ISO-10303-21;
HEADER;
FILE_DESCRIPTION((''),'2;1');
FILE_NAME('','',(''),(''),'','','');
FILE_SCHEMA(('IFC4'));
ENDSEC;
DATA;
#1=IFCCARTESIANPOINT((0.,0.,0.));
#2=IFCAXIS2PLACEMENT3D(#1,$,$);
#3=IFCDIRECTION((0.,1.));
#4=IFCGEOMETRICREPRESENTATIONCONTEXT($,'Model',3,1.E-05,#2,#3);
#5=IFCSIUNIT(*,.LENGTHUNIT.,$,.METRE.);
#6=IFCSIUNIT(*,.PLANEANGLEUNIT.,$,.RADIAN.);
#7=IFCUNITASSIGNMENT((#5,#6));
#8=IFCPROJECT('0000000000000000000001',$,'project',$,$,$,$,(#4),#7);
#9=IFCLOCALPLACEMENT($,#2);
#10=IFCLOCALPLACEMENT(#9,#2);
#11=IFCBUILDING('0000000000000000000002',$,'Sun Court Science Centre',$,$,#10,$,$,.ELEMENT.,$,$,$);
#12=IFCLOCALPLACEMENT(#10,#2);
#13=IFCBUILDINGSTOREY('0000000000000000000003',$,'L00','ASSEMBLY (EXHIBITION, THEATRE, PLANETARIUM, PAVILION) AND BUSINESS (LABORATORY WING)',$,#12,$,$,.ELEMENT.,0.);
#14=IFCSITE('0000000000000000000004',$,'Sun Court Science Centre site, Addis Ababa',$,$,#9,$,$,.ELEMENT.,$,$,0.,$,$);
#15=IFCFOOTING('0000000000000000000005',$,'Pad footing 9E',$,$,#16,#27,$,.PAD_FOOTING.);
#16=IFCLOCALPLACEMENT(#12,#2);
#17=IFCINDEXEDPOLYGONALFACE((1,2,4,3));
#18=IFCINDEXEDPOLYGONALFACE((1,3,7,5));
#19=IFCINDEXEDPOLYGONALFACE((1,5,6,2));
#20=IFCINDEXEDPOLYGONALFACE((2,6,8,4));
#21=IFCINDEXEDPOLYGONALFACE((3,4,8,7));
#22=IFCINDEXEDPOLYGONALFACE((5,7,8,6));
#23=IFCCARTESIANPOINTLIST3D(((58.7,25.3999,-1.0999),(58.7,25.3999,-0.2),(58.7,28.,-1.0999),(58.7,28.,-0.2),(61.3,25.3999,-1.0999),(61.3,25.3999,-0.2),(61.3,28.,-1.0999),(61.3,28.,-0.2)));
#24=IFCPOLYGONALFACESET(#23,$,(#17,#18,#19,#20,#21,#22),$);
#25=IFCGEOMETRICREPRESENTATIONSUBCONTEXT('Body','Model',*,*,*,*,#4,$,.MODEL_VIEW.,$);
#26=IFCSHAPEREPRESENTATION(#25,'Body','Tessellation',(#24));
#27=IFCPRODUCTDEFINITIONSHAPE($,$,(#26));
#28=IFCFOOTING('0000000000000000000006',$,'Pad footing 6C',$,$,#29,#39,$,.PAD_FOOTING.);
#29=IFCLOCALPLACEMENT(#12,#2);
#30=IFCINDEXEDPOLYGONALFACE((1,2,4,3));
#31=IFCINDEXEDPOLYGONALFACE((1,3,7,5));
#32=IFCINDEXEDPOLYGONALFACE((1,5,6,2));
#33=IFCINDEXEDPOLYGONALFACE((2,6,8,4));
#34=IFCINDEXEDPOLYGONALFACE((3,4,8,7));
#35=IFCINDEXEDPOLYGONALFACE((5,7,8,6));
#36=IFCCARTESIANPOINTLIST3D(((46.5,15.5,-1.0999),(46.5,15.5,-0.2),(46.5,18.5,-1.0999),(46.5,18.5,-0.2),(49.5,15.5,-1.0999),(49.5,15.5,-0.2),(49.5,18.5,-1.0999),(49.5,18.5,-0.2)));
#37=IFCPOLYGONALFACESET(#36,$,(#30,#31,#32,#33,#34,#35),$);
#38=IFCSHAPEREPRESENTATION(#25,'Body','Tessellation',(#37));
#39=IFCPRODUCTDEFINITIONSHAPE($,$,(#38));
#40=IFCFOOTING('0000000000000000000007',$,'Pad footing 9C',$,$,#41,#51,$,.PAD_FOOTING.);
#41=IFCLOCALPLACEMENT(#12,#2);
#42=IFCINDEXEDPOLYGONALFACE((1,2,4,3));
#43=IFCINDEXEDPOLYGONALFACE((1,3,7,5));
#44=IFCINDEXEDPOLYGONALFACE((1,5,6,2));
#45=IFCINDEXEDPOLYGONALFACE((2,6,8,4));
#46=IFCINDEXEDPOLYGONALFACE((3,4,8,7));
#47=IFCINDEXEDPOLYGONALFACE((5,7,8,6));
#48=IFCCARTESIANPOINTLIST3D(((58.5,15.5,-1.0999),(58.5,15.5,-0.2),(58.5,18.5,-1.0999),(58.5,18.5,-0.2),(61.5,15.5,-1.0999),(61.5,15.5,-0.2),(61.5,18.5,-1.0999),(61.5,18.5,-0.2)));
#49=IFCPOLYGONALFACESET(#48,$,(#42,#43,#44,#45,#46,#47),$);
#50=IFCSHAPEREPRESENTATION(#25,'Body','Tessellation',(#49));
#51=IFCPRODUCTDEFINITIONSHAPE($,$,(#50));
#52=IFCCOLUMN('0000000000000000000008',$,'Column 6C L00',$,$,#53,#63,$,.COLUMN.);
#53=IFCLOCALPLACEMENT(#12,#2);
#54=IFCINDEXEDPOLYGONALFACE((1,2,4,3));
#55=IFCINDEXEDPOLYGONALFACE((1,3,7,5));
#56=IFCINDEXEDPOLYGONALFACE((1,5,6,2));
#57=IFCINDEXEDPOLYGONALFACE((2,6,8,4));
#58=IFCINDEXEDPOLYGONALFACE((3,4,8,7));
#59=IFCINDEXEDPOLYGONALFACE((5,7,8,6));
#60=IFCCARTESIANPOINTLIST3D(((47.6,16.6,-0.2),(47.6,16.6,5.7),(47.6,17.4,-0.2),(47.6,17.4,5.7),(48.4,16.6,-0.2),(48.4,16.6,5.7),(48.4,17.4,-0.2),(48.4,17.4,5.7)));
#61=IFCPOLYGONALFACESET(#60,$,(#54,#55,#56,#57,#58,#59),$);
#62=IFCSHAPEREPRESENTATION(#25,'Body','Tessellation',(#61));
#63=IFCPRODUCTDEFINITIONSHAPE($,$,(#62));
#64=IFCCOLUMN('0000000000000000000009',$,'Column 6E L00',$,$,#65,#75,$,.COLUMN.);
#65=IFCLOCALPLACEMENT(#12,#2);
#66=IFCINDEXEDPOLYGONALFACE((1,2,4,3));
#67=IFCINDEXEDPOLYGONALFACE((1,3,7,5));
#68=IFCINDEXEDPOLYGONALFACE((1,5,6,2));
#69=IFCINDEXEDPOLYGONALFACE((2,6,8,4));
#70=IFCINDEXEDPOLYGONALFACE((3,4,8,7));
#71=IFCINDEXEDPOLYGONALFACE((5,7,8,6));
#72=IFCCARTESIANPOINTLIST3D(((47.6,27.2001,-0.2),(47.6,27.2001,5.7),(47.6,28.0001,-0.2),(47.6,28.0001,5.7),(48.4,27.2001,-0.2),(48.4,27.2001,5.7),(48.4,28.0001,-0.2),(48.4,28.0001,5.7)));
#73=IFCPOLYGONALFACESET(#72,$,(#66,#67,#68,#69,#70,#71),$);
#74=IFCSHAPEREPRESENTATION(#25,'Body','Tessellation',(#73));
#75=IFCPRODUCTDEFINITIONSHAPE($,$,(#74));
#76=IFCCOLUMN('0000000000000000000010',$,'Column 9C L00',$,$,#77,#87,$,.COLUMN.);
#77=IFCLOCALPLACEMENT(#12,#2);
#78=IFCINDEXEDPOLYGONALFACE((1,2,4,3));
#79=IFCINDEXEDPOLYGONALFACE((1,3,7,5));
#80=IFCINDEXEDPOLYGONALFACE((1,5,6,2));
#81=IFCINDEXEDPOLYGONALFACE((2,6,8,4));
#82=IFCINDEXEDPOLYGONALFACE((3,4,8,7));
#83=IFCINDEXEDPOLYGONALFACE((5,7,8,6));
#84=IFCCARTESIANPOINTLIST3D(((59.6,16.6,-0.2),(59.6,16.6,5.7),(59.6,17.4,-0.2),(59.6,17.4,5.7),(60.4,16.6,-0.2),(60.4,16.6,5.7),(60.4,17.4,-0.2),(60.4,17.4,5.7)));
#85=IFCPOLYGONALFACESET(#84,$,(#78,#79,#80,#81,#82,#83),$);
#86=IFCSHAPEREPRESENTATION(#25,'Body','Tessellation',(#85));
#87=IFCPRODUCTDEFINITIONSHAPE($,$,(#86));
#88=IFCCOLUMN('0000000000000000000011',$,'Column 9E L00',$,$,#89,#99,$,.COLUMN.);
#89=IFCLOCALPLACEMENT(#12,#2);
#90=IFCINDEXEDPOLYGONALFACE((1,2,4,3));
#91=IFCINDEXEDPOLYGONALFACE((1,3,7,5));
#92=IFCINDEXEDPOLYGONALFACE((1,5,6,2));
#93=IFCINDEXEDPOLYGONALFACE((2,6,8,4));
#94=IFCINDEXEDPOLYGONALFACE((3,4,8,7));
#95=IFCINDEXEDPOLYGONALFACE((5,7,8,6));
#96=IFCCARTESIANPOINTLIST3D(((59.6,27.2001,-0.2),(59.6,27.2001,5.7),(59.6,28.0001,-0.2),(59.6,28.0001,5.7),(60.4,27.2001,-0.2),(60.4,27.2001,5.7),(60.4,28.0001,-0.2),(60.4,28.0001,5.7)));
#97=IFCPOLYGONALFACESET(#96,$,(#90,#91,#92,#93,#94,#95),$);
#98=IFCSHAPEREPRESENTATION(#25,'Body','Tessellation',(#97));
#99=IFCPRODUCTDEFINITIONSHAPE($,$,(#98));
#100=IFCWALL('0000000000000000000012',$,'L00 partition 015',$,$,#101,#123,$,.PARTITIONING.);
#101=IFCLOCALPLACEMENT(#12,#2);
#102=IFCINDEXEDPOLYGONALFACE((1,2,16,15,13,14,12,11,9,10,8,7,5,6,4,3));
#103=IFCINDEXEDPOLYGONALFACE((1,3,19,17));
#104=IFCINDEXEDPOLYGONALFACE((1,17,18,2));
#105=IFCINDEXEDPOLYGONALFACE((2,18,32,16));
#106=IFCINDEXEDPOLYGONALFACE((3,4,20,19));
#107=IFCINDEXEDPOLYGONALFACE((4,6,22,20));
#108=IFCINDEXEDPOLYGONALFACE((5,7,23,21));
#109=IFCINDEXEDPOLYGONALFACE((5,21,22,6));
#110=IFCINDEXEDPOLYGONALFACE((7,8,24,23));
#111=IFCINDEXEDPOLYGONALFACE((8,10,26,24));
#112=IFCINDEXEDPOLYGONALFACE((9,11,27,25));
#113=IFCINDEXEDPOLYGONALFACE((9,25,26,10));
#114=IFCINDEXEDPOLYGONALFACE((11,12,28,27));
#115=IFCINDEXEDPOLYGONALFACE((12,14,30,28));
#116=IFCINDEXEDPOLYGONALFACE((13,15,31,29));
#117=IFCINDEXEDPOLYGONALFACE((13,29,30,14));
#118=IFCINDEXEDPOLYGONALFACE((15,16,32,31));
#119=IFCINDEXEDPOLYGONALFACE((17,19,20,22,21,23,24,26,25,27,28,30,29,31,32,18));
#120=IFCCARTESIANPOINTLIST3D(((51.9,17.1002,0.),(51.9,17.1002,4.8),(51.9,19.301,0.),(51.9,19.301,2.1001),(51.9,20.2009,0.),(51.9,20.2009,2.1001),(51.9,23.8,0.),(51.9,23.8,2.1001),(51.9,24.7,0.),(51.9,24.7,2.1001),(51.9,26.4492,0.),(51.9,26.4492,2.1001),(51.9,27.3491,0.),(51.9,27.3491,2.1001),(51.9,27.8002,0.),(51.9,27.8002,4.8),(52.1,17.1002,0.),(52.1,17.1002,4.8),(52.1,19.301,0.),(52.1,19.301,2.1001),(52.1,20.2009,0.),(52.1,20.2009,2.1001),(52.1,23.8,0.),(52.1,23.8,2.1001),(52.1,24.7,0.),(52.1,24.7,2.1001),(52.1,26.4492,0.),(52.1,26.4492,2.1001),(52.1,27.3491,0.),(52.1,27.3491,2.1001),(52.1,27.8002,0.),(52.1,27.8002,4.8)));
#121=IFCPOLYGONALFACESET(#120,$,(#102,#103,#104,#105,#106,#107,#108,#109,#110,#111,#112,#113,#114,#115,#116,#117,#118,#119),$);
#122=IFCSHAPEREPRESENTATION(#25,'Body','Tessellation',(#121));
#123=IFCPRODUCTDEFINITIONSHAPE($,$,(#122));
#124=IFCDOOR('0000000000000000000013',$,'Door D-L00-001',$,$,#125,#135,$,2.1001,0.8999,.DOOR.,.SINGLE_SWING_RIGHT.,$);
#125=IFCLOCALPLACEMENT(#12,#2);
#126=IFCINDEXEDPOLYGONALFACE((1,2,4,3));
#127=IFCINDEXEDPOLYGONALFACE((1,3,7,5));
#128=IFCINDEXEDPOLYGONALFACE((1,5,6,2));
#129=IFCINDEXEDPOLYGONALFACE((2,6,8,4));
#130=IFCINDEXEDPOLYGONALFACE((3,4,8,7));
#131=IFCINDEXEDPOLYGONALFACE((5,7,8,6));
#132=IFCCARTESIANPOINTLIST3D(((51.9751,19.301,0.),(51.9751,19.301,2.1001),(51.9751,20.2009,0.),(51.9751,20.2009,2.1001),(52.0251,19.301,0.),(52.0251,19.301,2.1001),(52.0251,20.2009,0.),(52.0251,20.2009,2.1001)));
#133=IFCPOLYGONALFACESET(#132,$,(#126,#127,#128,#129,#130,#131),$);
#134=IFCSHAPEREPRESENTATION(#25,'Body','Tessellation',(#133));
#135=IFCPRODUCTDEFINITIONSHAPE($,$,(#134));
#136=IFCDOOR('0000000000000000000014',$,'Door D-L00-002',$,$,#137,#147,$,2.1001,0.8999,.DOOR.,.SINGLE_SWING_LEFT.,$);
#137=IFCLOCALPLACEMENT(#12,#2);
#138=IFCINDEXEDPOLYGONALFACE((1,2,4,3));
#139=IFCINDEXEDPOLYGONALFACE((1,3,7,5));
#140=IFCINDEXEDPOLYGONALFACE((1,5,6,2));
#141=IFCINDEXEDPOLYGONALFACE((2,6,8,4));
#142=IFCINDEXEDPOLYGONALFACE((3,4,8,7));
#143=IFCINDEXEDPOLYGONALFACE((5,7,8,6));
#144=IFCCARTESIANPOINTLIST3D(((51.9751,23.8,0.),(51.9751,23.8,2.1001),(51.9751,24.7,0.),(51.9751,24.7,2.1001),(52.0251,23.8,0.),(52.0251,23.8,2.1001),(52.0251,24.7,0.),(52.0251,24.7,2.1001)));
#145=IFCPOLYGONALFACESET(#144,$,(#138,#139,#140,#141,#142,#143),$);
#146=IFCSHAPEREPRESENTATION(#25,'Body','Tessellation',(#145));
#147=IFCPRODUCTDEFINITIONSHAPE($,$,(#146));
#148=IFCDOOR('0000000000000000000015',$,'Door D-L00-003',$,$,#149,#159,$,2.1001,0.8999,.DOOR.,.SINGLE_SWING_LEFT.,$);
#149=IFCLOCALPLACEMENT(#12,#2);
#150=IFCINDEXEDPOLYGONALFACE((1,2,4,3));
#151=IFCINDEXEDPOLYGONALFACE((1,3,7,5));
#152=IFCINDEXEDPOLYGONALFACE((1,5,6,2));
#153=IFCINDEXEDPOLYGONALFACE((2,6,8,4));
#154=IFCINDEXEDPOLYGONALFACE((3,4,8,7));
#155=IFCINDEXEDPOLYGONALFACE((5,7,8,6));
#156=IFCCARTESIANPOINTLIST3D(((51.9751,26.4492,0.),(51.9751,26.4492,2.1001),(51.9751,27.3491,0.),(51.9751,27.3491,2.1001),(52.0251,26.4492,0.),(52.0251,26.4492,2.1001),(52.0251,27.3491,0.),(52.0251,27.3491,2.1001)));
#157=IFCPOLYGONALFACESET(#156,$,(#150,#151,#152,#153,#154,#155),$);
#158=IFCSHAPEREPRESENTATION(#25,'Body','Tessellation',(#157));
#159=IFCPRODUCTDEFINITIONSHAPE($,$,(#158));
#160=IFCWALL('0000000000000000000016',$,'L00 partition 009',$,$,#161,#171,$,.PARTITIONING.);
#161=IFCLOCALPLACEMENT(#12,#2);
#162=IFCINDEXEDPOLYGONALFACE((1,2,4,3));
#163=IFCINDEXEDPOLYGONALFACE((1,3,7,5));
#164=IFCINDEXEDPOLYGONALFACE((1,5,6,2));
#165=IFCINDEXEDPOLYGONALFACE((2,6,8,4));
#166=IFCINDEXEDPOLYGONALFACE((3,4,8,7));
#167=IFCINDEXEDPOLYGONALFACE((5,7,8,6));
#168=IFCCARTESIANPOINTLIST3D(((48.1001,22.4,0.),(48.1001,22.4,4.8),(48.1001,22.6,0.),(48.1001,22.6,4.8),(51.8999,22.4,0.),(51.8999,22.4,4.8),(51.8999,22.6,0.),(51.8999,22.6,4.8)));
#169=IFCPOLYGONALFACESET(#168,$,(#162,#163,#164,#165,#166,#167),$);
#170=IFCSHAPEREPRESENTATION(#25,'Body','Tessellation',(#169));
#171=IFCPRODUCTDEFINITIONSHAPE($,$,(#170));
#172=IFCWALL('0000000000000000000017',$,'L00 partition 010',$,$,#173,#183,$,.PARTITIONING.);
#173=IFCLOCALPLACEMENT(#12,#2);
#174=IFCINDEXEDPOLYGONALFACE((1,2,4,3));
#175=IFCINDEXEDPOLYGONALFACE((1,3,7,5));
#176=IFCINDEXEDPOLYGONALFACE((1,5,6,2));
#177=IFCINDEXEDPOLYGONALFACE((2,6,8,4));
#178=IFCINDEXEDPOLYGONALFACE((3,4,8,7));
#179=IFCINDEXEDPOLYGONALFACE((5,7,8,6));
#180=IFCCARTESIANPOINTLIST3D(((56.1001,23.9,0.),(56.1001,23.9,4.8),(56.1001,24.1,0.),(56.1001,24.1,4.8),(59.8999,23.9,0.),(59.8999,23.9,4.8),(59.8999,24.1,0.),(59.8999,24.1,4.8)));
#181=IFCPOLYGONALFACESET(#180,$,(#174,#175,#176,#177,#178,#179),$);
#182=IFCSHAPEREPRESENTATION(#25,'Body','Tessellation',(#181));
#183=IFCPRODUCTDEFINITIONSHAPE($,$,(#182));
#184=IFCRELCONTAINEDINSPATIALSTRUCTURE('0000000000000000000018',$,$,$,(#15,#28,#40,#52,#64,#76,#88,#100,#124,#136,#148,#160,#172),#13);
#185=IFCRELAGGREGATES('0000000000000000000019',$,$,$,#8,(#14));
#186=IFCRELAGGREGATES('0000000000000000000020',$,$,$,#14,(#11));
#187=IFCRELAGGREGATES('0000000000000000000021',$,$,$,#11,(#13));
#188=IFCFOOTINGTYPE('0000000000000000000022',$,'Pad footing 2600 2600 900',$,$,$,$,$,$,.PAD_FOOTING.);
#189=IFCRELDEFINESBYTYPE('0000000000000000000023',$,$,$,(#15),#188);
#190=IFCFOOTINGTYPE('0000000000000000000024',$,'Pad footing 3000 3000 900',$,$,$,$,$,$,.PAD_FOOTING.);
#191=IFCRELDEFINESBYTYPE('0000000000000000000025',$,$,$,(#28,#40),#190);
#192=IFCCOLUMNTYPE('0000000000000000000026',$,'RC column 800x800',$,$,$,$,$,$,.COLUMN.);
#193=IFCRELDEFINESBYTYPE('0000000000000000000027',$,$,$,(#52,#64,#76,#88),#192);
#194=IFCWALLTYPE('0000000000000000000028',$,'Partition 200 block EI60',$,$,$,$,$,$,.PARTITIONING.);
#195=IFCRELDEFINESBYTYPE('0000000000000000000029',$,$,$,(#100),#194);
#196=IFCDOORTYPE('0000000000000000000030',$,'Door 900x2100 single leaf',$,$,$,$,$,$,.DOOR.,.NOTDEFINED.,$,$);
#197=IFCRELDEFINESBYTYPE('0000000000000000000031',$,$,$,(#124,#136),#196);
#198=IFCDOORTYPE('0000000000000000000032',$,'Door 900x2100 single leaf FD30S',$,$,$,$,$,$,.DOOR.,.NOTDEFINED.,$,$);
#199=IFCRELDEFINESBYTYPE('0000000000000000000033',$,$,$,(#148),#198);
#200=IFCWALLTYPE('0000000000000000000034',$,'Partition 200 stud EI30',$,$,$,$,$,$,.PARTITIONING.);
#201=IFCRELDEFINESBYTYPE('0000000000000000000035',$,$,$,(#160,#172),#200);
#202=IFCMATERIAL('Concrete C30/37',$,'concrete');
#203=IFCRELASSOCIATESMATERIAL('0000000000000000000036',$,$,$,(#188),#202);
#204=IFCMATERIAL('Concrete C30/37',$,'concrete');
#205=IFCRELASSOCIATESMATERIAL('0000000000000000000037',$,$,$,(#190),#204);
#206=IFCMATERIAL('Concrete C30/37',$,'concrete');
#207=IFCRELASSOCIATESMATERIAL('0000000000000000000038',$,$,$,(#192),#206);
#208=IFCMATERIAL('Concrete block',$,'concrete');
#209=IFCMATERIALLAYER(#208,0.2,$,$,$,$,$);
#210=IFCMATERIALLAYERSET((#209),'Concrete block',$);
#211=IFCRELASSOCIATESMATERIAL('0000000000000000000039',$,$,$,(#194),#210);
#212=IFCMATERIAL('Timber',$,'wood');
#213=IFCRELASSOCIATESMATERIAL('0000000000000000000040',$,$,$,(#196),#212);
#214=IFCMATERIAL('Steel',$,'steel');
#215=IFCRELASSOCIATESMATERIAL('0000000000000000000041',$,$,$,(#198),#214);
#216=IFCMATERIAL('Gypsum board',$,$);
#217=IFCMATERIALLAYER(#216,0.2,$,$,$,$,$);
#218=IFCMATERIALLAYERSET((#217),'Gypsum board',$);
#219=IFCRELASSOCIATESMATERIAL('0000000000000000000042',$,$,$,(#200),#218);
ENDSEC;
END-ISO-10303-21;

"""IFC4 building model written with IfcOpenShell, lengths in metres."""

from ifc_helpers import new_model, si_unit, direction, frame, frame_2d, origin, origin_2d, place, context, subcontext, project, spatial, rectangle, extrude, material, layer, layer_set, material_profile, profile_set, type_object, element, fill, save


model = new_model("IFC4")

# Units and contexts
model_context = context("Model", 3, precision=1e-05, world=origin(), true_north=direction((0.0, 1.0)))
body_context = subcontext(model_context, "Body", "Model", "MODEL_VIEW")
ifc_project = project(units=[si_unit("LENGTHUNIT", "METRE"), si_unit("PLANEANGLEUNIT", "RADIAN")], contexts=[model_context])

# Site, building, storey
site_placement = place(None, origin())
site = spatial("IfcSite", under=ifc_project, at=site_placement, Name="Sun Court Science Centre site, Addis Ababa", CompositionType="ELEMENT", RefElevation=0.0)
building_placement = place(site_placement, origin())
building = spatial("IfcBuilding", under=site, at=building_placement, Name="Sun Court Science Centre", CompositionType="ELEMENT")
storey_placement = place(building_placement, origin())
storey = spatial("IfcBuildingStorey", under=building, at=storey_placement, Name="L00", Description="ASSEMBLY (EXHIBITION, THEATRE, PLANETARIUM, PAVILION) AND BUSINESS (LABORATORY WING)", CompositionType="ELEMENT", Elevation=0.0)

# Footings
ifc_material_1 = material(Name="Concrete C30/37", Category="concrete")
footing_type_1 = type_object("IfcFootingType", Name="Pad footing 2600 2600 900", PredefinedType="PAD_FOOTING", material=ifc_material_1)
footing_placement = place(storey_placement, frame((60.0, 26.7, -1.0999), z_axis=(0.0, 0.0, 1.0), x_axis=(1.0, 0.0, 0.0)))
element("IfcFooting", 1, at=footing_placement, inside=storey, type_object=footing_type_1, Name="Pad footing 9E", PredefinedType="PAD_FOOTING", context=body_context, shape_type="SweptSolid", body=[
    extrude(rectangle(XDim=2.6001, YDim=2.6001, at=origin_2d()), origin(), (0.0, 0.0, 1.0), 0.8999),
])
ifc_material_2 = material(Name="Concrete C30/37", Category="concrete")
footing_type_2 = type_object("IfcFootingType", Name="Pad footing 3000 3000 900", PredefinedType="PAD_FOOTING", material=ifc_material_2)
for number, where, z_axis, x_axis, name in (
    (2, (48.0, 17.0, -1.0999), (0.0, 0.0, 1.0), (1.0, 0.0, 0.0), "Pad footing 6C"),
    (3, (60.0, 17.0, -1.0999), (0.0, 0.0, 1.0), (1.0, 0.0, 0.0), "Pad footing 9C"),
):
    element("IfcFooting", number, at=place(storey_placement, frame(where, z_axis=z_axis, x_axis=x_axis)), inside=storey, type_object=footing_type_2, Name=name, PredefinedType="PAD_FOOTING", context=body_context, shape_type="SweptSolid", body=[
        extrude(rectangle(XDim=3.0, YDim=3.0, at=origin_2d()), origin(), (0.0, 0.0, 1.0), 0.8999),
    ])

# Columns
ifc_material_3 = material(Name="Concrete C30/37", Category="concrete")
ifc_material_profile = material_profile(ifc_material_3, rectangle(XDim=0.8, YDim=0.8, at=origin_2d()), Name="RC 800x800")
ifc_profile_set = profile_set([ifc_material_profile], Name="Concrete C30/37")
column_type = type_object("IfcColumnType", Name="RC column 800x800", PredefinedType="COLUMN", material=ifc_profile_set)
for number, where, z_axis, x_axis, name in (
    (4, (48.0, 17.0, -0.2), (0.0, 0.0, 1.0), (1.0, 0.0, 0.0), "Column 6C L00"),
    (5, (48.0, 27.6001, -0.2), (0.0, 0.0, 1.0), (1.0, 0.0, 0.0), "Column 6E L00"),
    (6, (60.0, 17.0, -0.2), (0.0, 0.0, 1.0), (1.0, 0.0, 0.0), "Column 9C L00"),
    (7, (60.0, 27.6001, -0.2), (0.0, 0.0, 1.0), (1.0, 0.0, 0.0), "Column 9E L00"),
):
    element("IfcColumn", number, at=place(storey_placement, frame(where, z_axis=z_axis, x_axis=x_axis)), inside=storey, type_object=column_type, Name=name, PredefinedType="COLUMN", context=body_context, shape_type="SweptSolid", body=[
        extrude(rectangle(XDim=0.8, YDim=0.8, at=origin_2d()), origin(), (0.0, 0.0, 1.0), 5.8999),
    ])

# Wall, openings, doors
ifc_material_4 = material(Name="Concrete block", Category="concrete")
ifc_layer_1 = layer(ifc_material_4, 0.2)
ifc_layer_set_1 = layer_set([ifc_layer_1], Name="Concrete block")
wall_type_1 = type_object("IfcWallType", Name="Partition 200 block EI60", PredefinedType="PARTITIONING", material=ifc_layer_set_1)
wall_1_placement = place(storey_placement, frame((52.0, 17.1001, 0.0), z_axis=(0.0, 0.0, 1.0), x_axis=(0.0, 1.0, 0.0)))
wall_1 = element("IfcWall", 8, at=wall_1_placement, inside=storey, type_object=wall_type_1, Name="L00 partition 015", PredefinedType="PARTITIONING", context=body_context, shape_type="SweptSolid", body=[
    extrude(rectangle(XDim=10.7, YDim=0.2, at=frame_2d((5.3501, 0.0))), origin(), (0.0, 0.0, 1.0), 4.8),
])
opening_1_placement = place(wall_1_placement, frame((2.2009, 0.0, 0.0)))
opening_1 = element("IfcOpeningElement", 9, at=opening_1_placement, cuts=wall_1, PredefinedType="OPENING", context=body_context, shape_type="SweptSolid", body=[
    extrude(rectangle(XDim=0.8999, YDim=2.1001, at=frame_2d((0.45, 1.05))), frame((0.0, 0.1099, 0.0), z_axis=(0.0, -1.0, 0.0), x_axis=(1.0, 0.0, 0.0)), (0.0, 0.0, 1.0), 0.22),
])
opening_2_placement = place(wall_1_placement, frame((6.7, 0.0, 0.0)))
opening_2 = element("IfcOpeningElement", 10, at=opening_2_placement, cuts=wall_1, PredefinedType="OPENING", context=body_context, shape_type="SweptSolid", body=[
    extrude(rectangle(XDim=0.8999, YDim=2.1001, at=frame_2d((0.45, 1.05))), frame((0.0, 0.1099, 0.0), z_axis=(0.0, -1.0, 0.0), x_axis=(1.0, 0.0, 0.0)), (0.0, 0.0, 1.0), 0.22),
])
opening_3_placement = place(wall_1_placement, frame((9.3491, 0.0, 0.0)))
opening_3 = element("IfcOpeningElement", 11, at=opening_3_placement, cuts=wall_1, PredefinedType="OPENING", context=body_context, shape_type="SweptSolid", body=[
    extrude(rectangle(XDim=0.8999, YDim=2.1001, at=frame_2d((0.45, 1.05))), frame((0.0, 0.1099, 0.0), z_axis=(0.0, -1.0, 0.0), x_axis=(1.0, 0.0, 0.0)), (0.0, 0.0, 1.0), 0.22),
])
ifc_material_5 = material(Name="Timber", Category="wood")
door_type_1 = type_object("IfcDoorType", Name="Door 900x2100 single leaf", OperationType="NOTDEFINED", PredefinedType="DOOR", material=ifc_material_5)
door_1_placement = place(opening_1_placement, origin())
door_1 = element("IfcDoor", 12, at=door_1_placement, inside=storey, type_object=door_type_1, Name="Door D-L00-001", OperationType="SINGLE_SWING_RIGHT", OverallHeight=2.1001, OverallWidth=0.8999, PredefinedType="DOOR", context=body_context, shape_type="SweptSolid", body=[
    extrude(rectangle(XDim=0.8999, YDim=2.1001, at=frame_2d((0.45, 1.05))), frame((0.0, 0.0249, 0.0), z_axis=(0.0, -1.0, 0.0), x_axis=(1.0, 0.0, 0.0)), (0.0, 0.0, 1.0), 0.05),
])
fill(opening_1, door_1)
door_2_placement = place(opening_2_placement, origin())
door_2 = element("IfcDoor", 13, at=door_2_placement, inside=storey, type_object=door_type_1, Name="Door D-L00-002", OperationType="SINGLE_SWING_LEFT", OverallHeight=2.1001, OverallWidth=0.8999, PredefinedType="DOOR", context=body_context, shape_type="SweptSolid", body=[
    extrude(rectangle(XDim=0.8999, YDim=2.1001, at=frame_2d((0.45, 1.05))), frame((0.0, 0.0249, 0.0), z_axis=(0.0, -1.0, 0.0), x_axis=(1.0, 0.0, 0.0)), (0.0, 0.0, 1.0), 0.05),
])
fill(opening_2, door_2)
ifc_material_6 = material(Name="Steel", Category="steel")
door_type_2 = type_object("IfcDoorType", Name="Door 900x2100 single leaf FD30S", OperationType="NOTDEFINED", PredefinedType="DOOR", material=ifc_material_6)
door_3_placement = place(opening_3_placement, origin())
door_3 = element("IfcDoor", 14, at=door_3_placement, inside=storey, type_object=door_type_2, Name="Door D-L00-003", OperationType="SINGLE_SWING_LEFT", OverallHeight=2.1001, OverallWidth=0.8999, PredefinedType="DOOR", context=body_context, shape_type="SweptSolid", body=[
    extrude(rectangle(XDim=0.8999, YDim=2.1001, at=frame_2d((0.45, 1.05))), frame((0.0, 0.0249, 0.0), z_axis=(0.0, -1.0, 0.0), x_axis=(1.0, 0.0, 0.0)), (0.0, 0.0, 1.0), 0.05),
])
fill(opening_3, door_3)

# Walls
ifc_material_7 = material(Name="Gypsum board")
ifc_layer_2 = layer(ifc_material_7, 0.2)
ifc_layer_set_2 = layer_set([ifc_layer_2], Name="Gypsum board")
wall_type_2 = type_object("IfcWallType", Name="Partition 200 stud EI30", PredefinedType="PARTITIONING", material=ifc_layer_set_2)
for number, where, z_axis, x_axis, name in (
    (15, (48.1001, 22.5, 0.0), (0.0, 0.0, 1.0), (1.0, 0.0, 0.0), "L00 partition 009"),
    (16, (56.1001, 24.0, 0.0), (0.0, 0.0, 1.0), (1.0, 0.0, 0.0), "L00 partition 010"),
):
    element("IfcWall", number, at=place(storey_placement, frame(where, z_axis=z_axis, x_axis=x_axis)), inside=storey, type_object=wall_type_2, Name=name, PredefinedType="PARTITIONING", context=body_context, shape_type="SweptSolid", body=[
        extrude(rectangle(XDim=3.7998, YDim=0.2, at=frame_2d((1.8999, 0.0))), origin(), (0.0, 0.0, 1.0), 4.8),
    ])

save(model, "model.ifc")
